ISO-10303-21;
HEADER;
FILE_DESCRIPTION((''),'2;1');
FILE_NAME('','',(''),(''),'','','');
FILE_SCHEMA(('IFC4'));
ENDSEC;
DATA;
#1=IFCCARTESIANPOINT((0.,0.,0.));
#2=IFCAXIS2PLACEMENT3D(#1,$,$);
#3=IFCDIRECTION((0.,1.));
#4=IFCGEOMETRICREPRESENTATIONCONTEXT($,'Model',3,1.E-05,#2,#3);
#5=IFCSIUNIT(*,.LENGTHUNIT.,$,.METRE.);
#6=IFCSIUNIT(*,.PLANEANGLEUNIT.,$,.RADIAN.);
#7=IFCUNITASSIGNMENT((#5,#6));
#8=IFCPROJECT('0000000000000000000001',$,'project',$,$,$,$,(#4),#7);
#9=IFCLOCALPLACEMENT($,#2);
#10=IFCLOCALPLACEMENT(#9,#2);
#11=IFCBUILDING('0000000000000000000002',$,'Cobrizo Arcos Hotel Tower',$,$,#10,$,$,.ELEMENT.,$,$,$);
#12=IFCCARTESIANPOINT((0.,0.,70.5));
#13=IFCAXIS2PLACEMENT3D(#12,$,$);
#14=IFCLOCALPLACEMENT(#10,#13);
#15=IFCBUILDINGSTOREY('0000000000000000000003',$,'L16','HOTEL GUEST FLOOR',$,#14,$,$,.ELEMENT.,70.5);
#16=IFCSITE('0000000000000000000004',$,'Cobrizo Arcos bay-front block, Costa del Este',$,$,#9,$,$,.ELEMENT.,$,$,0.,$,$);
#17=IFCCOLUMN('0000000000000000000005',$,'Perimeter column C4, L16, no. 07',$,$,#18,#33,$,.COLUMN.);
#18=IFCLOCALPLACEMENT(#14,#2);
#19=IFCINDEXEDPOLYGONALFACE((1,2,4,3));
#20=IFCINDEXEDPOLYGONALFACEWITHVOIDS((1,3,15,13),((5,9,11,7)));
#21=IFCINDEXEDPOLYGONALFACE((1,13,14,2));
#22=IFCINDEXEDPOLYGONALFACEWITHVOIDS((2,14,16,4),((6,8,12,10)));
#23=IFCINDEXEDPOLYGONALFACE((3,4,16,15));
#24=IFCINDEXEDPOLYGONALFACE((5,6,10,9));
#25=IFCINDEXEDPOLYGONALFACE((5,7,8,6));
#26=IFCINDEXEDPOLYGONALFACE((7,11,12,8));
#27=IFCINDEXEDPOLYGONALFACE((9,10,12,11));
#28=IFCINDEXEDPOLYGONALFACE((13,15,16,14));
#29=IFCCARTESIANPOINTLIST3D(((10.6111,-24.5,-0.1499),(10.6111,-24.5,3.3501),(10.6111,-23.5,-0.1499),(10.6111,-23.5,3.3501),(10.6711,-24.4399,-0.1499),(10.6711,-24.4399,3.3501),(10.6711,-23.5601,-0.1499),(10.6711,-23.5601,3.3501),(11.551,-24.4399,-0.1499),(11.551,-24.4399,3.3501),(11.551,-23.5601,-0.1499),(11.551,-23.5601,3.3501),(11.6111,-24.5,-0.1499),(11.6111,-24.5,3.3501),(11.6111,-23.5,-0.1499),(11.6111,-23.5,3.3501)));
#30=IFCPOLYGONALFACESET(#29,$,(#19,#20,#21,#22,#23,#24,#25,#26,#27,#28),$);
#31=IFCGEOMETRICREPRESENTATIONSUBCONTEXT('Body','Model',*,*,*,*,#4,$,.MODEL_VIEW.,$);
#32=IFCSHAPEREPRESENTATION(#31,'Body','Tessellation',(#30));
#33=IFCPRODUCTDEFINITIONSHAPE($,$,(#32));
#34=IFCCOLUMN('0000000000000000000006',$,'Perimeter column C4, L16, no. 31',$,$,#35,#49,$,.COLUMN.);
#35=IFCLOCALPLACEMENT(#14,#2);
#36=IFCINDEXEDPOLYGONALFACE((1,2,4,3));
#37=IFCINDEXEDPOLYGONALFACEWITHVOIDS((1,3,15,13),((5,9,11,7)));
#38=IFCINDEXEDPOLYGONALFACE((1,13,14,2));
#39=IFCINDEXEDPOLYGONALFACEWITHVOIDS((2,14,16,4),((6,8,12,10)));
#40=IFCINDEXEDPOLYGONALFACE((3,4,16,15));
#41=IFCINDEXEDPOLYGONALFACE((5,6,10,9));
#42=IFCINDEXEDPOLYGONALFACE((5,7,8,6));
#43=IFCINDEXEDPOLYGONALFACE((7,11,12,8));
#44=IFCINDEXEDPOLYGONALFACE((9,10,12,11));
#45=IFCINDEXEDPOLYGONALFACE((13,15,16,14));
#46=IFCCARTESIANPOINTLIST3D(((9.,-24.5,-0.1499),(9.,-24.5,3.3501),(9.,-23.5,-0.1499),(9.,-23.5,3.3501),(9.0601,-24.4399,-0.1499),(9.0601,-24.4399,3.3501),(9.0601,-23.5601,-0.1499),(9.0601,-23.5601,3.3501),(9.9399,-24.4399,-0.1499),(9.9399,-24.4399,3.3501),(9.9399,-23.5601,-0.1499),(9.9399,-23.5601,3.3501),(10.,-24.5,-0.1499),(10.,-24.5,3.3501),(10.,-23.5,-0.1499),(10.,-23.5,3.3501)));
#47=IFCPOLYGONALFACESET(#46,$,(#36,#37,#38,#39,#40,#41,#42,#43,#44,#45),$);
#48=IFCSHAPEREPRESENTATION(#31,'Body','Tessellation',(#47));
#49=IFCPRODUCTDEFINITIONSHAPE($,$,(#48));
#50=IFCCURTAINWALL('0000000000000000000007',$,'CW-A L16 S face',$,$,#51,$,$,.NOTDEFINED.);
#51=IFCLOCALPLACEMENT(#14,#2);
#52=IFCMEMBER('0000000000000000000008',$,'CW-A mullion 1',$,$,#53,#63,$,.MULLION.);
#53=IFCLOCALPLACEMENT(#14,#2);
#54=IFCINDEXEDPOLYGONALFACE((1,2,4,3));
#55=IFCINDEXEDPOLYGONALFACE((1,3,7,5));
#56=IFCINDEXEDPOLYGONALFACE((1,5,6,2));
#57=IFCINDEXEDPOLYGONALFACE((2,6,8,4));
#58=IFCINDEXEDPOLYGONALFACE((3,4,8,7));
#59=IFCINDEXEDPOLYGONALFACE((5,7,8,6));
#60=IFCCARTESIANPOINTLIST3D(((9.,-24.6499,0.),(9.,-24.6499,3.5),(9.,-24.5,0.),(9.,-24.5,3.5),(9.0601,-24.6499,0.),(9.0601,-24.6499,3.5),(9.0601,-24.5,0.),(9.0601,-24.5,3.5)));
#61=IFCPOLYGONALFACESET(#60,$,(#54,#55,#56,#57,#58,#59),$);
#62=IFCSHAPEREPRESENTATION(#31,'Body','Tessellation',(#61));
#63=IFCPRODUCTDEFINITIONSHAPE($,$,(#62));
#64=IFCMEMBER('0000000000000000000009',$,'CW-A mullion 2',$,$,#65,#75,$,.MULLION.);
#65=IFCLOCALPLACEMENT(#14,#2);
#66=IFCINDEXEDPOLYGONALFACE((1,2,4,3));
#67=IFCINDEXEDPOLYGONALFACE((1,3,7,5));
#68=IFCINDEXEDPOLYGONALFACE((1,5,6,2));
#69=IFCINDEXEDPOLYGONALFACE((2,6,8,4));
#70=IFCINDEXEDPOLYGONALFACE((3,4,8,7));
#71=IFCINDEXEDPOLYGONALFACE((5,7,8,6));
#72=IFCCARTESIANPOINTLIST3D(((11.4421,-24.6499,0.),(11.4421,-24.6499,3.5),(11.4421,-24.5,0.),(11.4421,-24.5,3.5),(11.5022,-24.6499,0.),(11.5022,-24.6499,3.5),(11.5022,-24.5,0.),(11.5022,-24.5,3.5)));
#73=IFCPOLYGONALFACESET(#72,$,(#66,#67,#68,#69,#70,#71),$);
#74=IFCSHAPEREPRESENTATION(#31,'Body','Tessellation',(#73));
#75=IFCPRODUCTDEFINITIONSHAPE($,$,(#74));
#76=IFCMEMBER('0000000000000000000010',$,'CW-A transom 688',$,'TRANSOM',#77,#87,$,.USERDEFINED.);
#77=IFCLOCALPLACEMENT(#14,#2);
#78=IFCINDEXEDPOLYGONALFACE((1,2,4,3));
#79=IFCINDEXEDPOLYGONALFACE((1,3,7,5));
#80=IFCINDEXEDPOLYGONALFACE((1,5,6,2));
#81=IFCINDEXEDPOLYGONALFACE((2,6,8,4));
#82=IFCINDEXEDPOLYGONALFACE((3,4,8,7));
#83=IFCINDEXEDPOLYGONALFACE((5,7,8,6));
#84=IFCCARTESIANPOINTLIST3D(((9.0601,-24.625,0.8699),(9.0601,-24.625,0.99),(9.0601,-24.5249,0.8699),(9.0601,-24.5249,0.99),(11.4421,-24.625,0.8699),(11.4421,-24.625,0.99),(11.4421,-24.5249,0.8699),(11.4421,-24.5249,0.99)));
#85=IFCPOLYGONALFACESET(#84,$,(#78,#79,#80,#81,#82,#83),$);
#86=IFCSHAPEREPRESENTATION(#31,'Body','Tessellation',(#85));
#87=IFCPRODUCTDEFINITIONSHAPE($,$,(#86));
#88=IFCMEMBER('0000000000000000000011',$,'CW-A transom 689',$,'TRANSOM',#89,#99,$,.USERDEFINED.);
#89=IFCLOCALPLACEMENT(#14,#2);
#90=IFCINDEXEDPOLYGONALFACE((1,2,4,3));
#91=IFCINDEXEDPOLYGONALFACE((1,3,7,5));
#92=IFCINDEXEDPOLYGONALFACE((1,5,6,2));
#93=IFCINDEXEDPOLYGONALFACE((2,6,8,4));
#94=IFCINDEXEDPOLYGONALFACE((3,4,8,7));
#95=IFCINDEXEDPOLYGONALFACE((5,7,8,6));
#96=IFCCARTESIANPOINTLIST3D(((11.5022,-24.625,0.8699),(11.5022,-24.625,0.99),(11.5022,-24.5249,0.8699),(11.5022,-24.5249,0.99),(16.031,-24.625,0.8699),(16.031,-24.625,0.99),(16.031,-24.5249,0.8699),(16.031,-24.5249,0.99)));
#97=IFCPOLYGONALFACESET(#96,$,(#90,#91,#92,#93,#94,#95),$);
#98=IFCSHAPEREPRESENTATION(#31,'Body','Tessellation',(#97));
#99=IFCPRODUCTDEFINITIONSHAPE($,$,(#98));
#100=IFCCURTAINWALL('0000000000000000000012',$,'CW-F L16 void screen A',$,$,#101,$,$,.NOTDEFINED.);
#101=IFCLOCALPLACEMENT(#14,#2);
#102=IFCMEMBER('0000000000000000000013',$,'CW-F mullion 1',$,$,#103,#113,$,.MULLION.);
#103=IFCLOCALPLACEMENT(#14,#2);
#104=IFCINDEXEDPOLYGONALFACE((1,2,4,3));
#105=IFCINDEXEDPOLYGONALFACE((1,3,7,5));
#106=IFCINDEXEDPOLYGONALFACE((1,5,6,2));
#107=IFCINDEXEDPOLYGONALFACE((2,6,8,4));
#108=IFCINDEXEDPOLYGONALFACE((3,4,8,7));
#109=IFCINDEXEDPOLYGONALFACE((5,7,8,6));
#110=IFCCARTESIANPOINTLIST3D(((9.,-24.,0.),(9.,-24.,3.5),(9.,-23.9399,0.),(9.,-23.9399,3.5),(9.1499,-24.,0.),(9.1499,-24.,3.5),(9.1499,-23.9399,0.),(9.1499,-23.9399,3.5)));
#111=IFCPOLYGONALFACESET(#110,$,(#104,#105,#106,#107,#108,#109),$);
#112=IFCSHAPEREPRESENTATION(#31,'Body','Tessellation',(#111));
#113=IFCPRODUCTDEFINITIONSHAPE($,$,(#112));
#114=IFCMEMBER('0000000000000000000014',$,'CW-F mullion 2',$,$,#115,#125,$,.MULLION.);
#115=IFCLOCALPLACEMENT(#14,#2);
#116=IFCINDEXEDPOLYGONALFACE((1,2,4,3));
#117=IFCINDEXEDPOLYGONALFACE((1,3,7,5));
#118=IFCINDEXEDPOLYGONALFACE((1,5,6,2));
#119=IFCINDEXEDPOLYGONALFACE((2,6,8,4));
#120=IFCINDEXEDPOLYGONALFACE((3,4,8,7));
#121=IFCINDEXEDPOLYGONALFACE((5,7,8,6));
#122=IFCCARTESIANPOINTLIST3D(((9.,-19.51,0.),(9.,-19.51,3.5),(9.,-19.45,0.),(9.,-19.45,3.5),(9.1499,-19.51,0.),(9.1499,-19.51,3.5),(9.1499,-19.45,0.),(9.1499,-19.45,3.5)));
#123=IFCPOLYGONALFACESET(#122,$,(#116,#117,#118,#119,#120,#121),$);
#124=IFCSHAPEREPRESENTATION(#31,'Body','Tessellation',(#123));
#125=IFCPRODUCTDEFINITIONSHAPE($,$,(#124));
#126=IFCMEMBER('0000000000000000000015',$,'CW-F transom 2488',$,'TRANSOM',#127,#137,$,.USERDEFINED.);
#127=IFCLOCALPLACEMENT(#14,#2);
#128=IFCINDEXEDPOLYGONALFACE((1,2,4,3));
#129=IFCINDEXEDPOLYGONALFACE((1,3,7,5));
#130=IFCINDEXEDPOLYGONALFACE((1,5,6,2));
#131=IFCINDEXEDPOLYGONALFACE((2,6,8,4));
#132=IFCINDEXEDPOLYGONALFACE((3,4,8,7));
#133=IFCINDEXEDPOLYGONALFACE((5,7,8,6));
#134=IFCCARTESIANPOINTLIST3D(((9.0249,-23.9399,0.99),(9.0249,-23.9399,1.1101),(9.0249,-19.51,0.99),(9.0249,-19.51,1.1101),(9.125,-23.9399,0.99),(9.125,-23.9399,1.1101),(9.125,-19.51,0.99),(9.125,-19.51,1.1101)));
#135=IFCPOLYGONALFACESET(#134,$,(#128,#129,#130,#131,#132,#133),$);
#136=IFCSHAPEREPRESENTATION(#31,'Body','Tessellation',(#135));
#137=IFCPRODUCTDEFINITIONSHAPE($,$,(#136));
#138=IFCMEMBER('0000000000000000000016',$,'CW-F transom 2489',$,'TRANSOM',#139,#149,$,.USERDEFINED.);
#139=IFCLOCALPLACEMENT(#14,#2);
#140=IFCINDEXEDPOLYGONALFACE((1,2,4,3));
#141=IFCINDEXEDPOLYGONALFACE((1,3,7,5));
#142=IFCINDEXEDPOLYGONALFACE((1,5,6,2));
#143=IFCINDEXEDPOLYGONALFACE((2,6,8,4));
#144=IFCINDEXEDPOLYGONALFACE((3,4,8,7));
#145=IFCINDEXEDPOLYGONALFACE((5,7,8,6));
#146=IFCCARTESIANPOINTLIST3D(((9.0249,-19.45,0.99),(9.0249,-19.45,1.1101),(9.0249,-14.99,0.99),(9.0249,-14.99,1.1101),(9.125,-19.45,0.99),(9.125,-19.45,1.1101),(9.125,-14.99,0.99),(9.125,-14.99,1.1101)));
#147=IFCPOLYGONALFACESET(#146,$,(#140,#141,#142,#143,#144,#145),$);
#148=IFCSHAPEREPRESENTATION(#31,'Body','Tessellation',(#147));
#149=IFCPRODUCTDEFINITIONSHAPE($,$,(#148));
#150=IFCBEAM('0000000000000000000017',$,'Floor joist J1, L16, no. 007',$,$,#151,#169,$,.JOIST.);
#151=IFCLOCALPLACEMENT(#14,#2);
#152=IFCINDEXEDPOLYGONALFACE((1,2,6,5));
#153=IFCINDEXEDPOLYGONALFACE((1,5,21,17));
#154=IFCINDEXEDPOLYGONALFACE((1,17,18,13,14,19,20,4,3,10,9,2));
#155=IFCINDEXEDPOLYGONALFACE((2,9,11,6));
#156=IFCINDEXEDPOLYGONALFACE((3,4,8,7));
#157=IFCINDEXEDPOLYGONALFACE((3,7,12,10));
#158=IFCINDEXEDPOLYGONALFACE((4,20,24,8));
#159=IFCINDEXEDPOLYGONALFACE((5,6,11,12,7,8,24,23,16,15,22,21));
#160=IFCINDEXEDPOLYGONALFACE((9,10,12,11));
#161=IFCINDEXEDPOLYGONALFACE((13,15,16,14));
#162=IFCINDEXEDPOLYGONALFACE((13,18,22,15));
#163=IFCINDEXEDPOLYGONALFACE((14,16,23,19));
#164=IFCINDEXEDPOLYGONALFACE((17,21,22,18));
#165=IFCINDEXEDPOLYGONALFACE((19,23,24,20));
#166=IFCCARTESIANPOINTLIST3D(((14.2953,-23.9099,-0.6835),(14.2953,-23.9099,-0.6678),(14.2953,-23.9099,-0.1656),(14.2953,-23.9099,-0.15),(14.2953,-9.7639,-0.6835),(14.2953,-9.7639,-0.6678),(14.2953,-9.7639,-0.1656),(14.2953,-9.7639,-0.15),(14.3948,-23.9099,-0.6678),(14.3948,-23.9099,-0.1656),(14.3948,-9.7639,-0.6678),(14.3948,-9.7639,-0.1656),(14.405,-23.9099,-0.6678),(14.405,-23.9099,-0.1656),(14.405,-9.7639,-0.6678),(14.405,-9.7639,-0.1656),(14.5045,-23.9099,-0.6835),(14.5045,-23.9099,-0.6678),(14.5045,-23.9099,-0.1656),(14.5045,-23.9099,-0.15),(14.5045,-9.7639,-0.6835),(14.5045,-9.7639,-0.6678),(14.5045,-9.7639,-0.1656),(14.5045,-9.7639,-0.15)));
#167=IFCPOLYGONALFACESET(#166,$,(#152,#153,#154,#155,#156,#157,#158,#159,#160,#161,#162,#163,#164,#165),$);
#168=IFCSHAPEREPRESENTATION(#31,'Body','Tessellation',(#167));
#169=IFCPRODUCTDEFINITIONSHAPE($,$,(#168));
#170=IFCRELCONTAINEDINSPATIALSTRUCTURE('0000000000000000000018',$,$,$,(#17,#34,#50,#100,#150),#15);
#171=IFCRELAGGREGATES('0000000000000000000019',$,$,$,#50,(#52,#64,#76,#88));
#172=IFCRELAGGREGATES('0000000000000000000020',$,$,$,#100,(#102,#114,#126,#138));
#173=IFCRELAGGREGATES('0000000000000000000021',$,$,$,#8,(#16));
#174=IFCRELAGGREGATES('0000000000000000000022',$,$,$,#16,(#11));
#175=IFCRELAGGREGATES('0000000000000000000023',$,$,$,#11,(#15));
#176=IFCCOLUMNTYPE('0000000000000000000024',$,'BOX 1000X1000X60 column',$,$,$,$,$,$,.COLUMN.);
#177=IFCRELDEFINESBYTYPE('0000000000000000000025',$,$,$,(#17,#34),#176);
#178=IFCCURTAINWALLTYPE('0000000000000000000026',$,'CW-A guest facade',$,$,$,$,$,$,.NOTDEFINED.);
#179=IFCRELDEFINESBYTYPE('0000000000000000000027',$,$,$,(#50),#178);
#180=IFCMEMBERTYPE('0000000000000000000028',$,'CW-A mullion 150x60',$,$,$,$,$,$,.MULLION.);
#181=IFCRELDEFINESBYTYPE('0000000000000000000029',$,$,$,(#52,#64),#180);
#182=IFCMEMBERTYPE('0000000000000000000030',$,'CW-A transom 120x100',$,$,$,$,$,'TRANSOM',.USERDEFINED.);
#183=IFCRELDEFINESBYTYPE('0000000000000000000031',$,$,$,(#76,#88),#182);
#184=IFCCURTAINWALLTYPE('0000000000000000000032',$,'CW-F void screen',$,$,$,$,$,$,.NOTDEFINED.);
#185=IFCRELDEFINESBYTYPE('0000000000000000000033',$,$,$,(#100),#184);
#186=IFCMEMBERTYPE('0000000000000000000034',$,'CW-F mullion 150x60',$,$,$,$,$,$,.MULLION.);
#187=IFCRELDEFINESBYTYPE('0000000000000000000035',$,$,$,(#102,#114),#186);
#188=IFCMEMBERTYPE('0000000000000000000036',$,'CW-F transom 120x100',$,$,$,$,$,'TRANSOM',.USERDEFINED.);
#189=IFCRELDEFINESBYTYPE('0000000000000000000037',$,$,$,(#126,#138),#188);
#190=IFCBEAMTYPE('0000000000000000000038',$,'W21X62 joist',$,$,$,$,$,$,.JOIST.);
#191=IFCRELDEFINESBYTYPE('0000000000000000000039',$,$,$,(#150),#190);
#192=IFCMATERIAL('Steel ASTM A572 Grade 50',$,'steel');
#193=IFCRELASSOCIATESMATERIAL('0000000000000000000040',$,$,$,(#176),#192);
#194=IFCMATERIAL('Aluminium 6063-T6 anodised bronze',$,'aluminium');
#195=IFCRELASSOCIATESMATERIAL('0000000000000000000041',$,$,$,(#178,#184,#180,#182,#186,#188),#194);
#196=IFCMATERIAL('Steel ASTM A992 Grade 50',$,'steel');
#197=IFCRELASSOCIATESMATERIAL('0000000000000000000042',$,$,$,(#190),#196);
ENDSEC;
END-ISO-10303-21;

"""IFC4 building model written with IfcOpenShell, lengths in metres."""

from ifc_helpers import new_model, si_unit, direction, frame, origin, origin_2d, place, context, subcontext, project, spatial, rectangle, hollow_rectangle, i_section, extrude, material, material_profile, profile_set, type_object, element, aggregate, save


model = new_model("IFC4")

# Units and contexts
model_context = context("Model", 3, precision=1e-05, world=origin(), true_north=direction((0.0, 1.0)))
body_context = subcontext(model_context, "Body", "Model", "MODEL_VIEW")
ifc_project = project(units=[si_unit("LENGTHUNIT", "METRE"), si_unit("PLANEANGLEUNIT", "RADIAN")], contexts=[model_context])

# Site, building, storey
site_placement = place(None, origin())
site = spatial("IfcSite", under=ifc_project, at=site_placement, Name="Cobrizo Arcos bay-front block, Costa del Este", CompositionType="ELEMENT", RefElevation=0.0)
building_placement = place(site_placement, origin())
building = spatial("IfcBuilding", under=site, at=building_placement, Name="Cobrizo Arcos Hotel Tower", CompositionType="ELEMENT")
storey_placement = place(building_placement, frame((0.0, 0.0, 70.5)))
storey = spatial("IfcBuildingStorey", under=building, at=storey_placement, Name="L16", Description="HOTEL GUEST FLOOR", CompositionType="ELEMENT", Elevation=70.5)

# Columns
ifc_material_1 = material(Name="Steel ASTM A572 Grade 50", Category="steel")
ifc_material_profile_1 = material_profile(ifc_material_1, hollow_rectangle(XDim=1.0, YDim=1.0, WallThickness=0.0601, at=origin_2d()), Name="BOX 1000X1000X60")
ifc_profile_set_1 = profile_set([ifc_material_profile_1], Name="Steel ASTM A572 Grade 50")
column_type = type_object("IfcColumnType", Name="BOX 1000X1000X60 column", PredefinedType="COLUMN", material=ifc_profile_set_1)
for number, where, z_axis, x_axis, name in (
    (1, (11.1111, -24.0, -0.1499), (0.0, 0.0, 1.0), (1.0, 0.0, 0.0), "Perimeter column C4, L16, no. 07"),
    (2, (9.5, -24.0, -0.1499), (0.0, 0.0, 1.0), (1.0, 0.0, 0.0), "Perimeter column C4, L16, no. 31"),
):
    element("IfcColumn", number, at=place(storey_placement, frame(where, z_axis=z_axis, x_axis=x_axis)), inside=storey, type_object=column_type, Name=name, PredefinedType="COLUMN", context=body_context, shape_type="SweptSolid", body=[
        extrude(hollow_rectangle(XDim=1.0, YDim=1.0, WallThickness=0.0601, at=origin_2d()), origin(), (0.0, 0.0, 1.0), 3.5),
    ])

# Curtain walls, members
ifc_material_2 = material(Name="Aluminium 6063-T6 anodised bronze", Category="aluminium")
curtain_wall_type_1 = type_object("IfcCurtainWallType", Name="CW-A guest facade", PredefinedType="NOTDEFINED", material=ifc_material_2)
curtain_wall_1_placement = place(storey_placement, origin())
curtain_wall_1 = element("IfcCurtainWall", 3, at=curtain_wall_1_placement, inside=storey, type_object=curtain_wall_type_1, Name="CW-A L16 S face", PredefinedType="NOTDEFINED")
ifc_material_profile_2 = material_profile(ifc_material_2, rectangle(XDim=0.1499, YDim=0.0601, at=origin_2d()), Name="CW-A mullion 150x60")
ifc_profile_set_2 = profile_set([ifc_material_profile_2], Name="Aluminium 6063-T6 anodised bronze")
member_type_1 = type_object("IfcMemberType", Name="CW-A mullion 150x60", PredefinedType="MULLION", material=ifc_profile_set_2)
member_1_placement = place(storey_placement, frame((9.03, -24.575, 0.0), z_axis=(0.0, 0.0, 1.0), x_axis=(0.0, -1.0, 0.0)))
member_1 = element("IfcMember", 4, at=member_1_placement, type_object=member_type_1, Name="CW-A mullion 1", PredefinedType="MULLION", context=body_context, shape_type="SweptSolid", body=[
    extrude(rectangle(XDim=0.1499, YDim=0.0601, at=origin_2d()), origin(), (0.0, 0.0, 1.0), 3.5),
])
member_2_placement = place(storey_placement, frame((11.4722, -24.575, 0.0), z_axis=(0.0, 0.0, 1.0), x_axis=(0.0, -1.0, 0.0)))
member_2 = element("IfcMember", 5, at=member_2_placement, type_object=member_type_1, Name="CW-A mullion 2", PredefinedType="MULLION", context=body_context, shape_type="SweptSolid", body=[
    extrude(rectangle(XDim=0.1499, YDim=0.0601, at=origin_2d()), origin(), (0.0, 0.0, 1.0), 3.5),
])
ifc_material_profile_3 = material_profile(ifc_material_2, rectangle(XDim=0.1001, YDim=0.1201, at=origin_2d()), Name="CW-A transom 120x100")
ifc_profile_set_3 = profile_set([ifc_material_profile_3], Name="Aluminium 6063-T6 anodised bronze")
member_type_2 = type_object("IfcMemberType", Name="CW-A transom 120x100", ElementType="TRANSOM", PredefinedType="USERDEFINED", material=ifc_profile_set_3)
member_3_placement = place(storey_placement, frame((9.0601, -24.575, 0.9299), z_axis=(1.0, 0.0, 0.0), x_axis=(0.0, 1.0, 0.0)))
member_3 = element("IfcMember", 6, at=member_3_placement, type_object=member_type_2, Name="CW-A transom 688", ObjectType="TRANSOM", PredefinedType="USERDEFINED", context=body_context, shape_type="SweptSolid", body=[
    extrude(rectangle(XDim=0.1001, YDim=0.1201, at=origin_2d()), origin(), (0.0, 0.0, 1.0), 2.3821),
])
member_4_placement = place(storey_placement, frame((11.5022, -24.575, 0.9299), z_axis=(1.0, 0.0, 0.0), x_axis=(0.0, 1.0, 0.0)))
member_4 = element("IfcMember", 7, at=member_4_placement, type_object=member_type_2, Name="CW-A transom 689", ObjectType="TRANSOM", PredefinedType="USERDEFINED", context=body_context, shape_type="SweptSolid", body=[
    extrude(rectangle(XDim=0.1001, YDim=0.1201, at=origin_2d()), origin(), (0.0, 0.0, 1.0), 4.5288),
])
curtain_wall_type_2 = type_object("IfcCurtainWallType", Name="CW-F void screen", PredefinedType="NOTDEFINED", material=ifc_material_2)
curtain_wall_2_placement = place(storey_placement, origin())
curtain_wall_2 = element("IfcCurtainWall", 8, at=curtain_wall_2_placement, inside=storey, type_object=curtain_wall_type_2, Name="CW-F L16 void screen A", PredefinedType="NOTDEFINED")
ifc_material_profile_4 = material_profile(ifc_material_2, rectangle(XDim=0.1499, YDim=0.0601, at=origin_2d()), Name="CW-F mullion 150x60")
ifc_profile_set_4 = profile_set([ifc_material_profile_4], Name="Aluminium 6063-T6 anodised bronze")
member_type_3 = type_object("IfcMemberType", Name="CW-F mullion 150x60", PredefinedType="MULLION", material=ifc_profile_set_4)
member_5_placement = place(storey_placement, frame((9.075, -23.97, 0.0), z_axis=(0.0, 0.0, 1.0), x_axis=(1.0, 0.0, 0.0)))
member_5 = element("IfcMember", 9, at=member_5_placement, type_object=member_type_3, Name="CW-F mullion 1", PredefinedType="MULLION", context=body_context, shape_type="SweptSolid", body=[
    extrude(rectangle(XDim=0.1499, YDim=0.0601, at=origin_2d()), origin(), (0.0, 0.0, 1.0), 3.5),
])
member_6_placement = place(storey_placement, frame((9.075, -19.48, 0.0), z_axis=(0.0, 0.0, 1.0), x_axis=(1.0, 0.0, 0.0)))
member_6 = element("IfcMember", 10, at=member_6_placement, type_object=member_type_3, Name="CW-F mullion 2", PredefinedType="MULLION", context=body_context, shape_type="SweptSolid", body=[
    extrude(rectangle(XDim=0.1499, YDim=0.0601, at=origin_2d()), origin(), (0.0, 0.0, 1.0), 3.5),
])
ifc_material_profile_5 = material_profile(ifc_material_2, rectangle(XDim=0.1001, YDim=0.1201, at=origin_2d()), Name="CW-F transom 120x100")
ifc_profile_set_5 = profile_set([ifc_material_profile_5], Name="Aluminium 6063-T6 anodised bronze")
member_type_4 = type_object("IfcMemberType", Name="CW-F transom 120x100", ElementType="TRANSOM", PredefinedType="USERDEFINED", material=ifc_profile_set_5)
member_7_placement = place(storey_placement, frame((9.075, -23.9399, 1.05), z_axis=(0.0, 1.0, 0.0), x_axis=(-1.0, 0.0, 0.0)))
member_7 = element("IfcMember", 11, at=member_7_placement, type_object=member_type_4, Name="CW-F transom 2488", ObjectType="TRANSOM", PredefinedType="USERDEFINED", context=body_context, shape_type="SweptSolid", body=[
    extrude(rectangle(XDim=0.1001, YDim=0.1201, at=origin_2d()), origin(), (0.0, 0.0, 1.0), 4.4299),
])
member_8_placement = place(storey_placement, frame((9.075, -19.45, 1.05), z_axis=(0.0, 1.0, 0.0), x_axis=(-1.0, 0.0, 0.0)))
member_8 = element("IfcMember", 12, at=member_8_placement, type_object=member_type_4, Name="CW-F transom 2489", ObjectType="TRANSOM", PredefinedType="USERDEFINED", context=body_context, shape_type="SweptSolid", body=[
    extrude(rectangle(XDim=0.1001, YDim=0.1201, at=origin_2d()), origin(), (0.0, 0.0, 1.0), 4.46),
])

# Beam
ifc_material_3 = material(Name="Steel ASTM A992 Grade 50", Category="steel")
ifc_material_profile_6 = material_profile(ifc_material_3, i_section(OverallWidth=0.2092, OverallDepth=0.5334, WebThickness=0.0103, FlangeThickness=0.0156, at=origin_2d()), Name="W21X62")
ifc_profile_set_6 = profile_set([ifc_material_profile_6], Name="Steel ASTM A992 Grade 50")
beam_type_1 = type_object("IfcBeamType", Name="W21X62 joist", PredefinedType="JOIST", material=ifc_profile_set_6)
beam_1_placement = place(storey_placement, frame((14.3999, -23.9099, -0.4167), z_axis=(0.0, 1.0, 0.0), x_axis=(-1.0, 0.0, 0.0)))
element("IfcBeam", 13, at=beam_1_placement, inside=storey, type_object=beam_type_1, Name="Floor joist J1, L16, no. 007", PredefinedType="JOIST", context=body_context, shape_type="SweptSolid", body=[
    extrude(i_section(OverallWidth=0.2092, OverallDepth=0.5334, WebThickness=0.0103, FlangeThickness=0.0156, at=origin_2d()), origin(), (0.0, 0.0, 1.0), 14.146),
])

aggregate(curtain_wall_1, [member_1, member_2, member_3, member_4])
aggregate(curtain_wall_2, [member_5, member_6, member_7, member_8])

save(model, "model.ifc")
